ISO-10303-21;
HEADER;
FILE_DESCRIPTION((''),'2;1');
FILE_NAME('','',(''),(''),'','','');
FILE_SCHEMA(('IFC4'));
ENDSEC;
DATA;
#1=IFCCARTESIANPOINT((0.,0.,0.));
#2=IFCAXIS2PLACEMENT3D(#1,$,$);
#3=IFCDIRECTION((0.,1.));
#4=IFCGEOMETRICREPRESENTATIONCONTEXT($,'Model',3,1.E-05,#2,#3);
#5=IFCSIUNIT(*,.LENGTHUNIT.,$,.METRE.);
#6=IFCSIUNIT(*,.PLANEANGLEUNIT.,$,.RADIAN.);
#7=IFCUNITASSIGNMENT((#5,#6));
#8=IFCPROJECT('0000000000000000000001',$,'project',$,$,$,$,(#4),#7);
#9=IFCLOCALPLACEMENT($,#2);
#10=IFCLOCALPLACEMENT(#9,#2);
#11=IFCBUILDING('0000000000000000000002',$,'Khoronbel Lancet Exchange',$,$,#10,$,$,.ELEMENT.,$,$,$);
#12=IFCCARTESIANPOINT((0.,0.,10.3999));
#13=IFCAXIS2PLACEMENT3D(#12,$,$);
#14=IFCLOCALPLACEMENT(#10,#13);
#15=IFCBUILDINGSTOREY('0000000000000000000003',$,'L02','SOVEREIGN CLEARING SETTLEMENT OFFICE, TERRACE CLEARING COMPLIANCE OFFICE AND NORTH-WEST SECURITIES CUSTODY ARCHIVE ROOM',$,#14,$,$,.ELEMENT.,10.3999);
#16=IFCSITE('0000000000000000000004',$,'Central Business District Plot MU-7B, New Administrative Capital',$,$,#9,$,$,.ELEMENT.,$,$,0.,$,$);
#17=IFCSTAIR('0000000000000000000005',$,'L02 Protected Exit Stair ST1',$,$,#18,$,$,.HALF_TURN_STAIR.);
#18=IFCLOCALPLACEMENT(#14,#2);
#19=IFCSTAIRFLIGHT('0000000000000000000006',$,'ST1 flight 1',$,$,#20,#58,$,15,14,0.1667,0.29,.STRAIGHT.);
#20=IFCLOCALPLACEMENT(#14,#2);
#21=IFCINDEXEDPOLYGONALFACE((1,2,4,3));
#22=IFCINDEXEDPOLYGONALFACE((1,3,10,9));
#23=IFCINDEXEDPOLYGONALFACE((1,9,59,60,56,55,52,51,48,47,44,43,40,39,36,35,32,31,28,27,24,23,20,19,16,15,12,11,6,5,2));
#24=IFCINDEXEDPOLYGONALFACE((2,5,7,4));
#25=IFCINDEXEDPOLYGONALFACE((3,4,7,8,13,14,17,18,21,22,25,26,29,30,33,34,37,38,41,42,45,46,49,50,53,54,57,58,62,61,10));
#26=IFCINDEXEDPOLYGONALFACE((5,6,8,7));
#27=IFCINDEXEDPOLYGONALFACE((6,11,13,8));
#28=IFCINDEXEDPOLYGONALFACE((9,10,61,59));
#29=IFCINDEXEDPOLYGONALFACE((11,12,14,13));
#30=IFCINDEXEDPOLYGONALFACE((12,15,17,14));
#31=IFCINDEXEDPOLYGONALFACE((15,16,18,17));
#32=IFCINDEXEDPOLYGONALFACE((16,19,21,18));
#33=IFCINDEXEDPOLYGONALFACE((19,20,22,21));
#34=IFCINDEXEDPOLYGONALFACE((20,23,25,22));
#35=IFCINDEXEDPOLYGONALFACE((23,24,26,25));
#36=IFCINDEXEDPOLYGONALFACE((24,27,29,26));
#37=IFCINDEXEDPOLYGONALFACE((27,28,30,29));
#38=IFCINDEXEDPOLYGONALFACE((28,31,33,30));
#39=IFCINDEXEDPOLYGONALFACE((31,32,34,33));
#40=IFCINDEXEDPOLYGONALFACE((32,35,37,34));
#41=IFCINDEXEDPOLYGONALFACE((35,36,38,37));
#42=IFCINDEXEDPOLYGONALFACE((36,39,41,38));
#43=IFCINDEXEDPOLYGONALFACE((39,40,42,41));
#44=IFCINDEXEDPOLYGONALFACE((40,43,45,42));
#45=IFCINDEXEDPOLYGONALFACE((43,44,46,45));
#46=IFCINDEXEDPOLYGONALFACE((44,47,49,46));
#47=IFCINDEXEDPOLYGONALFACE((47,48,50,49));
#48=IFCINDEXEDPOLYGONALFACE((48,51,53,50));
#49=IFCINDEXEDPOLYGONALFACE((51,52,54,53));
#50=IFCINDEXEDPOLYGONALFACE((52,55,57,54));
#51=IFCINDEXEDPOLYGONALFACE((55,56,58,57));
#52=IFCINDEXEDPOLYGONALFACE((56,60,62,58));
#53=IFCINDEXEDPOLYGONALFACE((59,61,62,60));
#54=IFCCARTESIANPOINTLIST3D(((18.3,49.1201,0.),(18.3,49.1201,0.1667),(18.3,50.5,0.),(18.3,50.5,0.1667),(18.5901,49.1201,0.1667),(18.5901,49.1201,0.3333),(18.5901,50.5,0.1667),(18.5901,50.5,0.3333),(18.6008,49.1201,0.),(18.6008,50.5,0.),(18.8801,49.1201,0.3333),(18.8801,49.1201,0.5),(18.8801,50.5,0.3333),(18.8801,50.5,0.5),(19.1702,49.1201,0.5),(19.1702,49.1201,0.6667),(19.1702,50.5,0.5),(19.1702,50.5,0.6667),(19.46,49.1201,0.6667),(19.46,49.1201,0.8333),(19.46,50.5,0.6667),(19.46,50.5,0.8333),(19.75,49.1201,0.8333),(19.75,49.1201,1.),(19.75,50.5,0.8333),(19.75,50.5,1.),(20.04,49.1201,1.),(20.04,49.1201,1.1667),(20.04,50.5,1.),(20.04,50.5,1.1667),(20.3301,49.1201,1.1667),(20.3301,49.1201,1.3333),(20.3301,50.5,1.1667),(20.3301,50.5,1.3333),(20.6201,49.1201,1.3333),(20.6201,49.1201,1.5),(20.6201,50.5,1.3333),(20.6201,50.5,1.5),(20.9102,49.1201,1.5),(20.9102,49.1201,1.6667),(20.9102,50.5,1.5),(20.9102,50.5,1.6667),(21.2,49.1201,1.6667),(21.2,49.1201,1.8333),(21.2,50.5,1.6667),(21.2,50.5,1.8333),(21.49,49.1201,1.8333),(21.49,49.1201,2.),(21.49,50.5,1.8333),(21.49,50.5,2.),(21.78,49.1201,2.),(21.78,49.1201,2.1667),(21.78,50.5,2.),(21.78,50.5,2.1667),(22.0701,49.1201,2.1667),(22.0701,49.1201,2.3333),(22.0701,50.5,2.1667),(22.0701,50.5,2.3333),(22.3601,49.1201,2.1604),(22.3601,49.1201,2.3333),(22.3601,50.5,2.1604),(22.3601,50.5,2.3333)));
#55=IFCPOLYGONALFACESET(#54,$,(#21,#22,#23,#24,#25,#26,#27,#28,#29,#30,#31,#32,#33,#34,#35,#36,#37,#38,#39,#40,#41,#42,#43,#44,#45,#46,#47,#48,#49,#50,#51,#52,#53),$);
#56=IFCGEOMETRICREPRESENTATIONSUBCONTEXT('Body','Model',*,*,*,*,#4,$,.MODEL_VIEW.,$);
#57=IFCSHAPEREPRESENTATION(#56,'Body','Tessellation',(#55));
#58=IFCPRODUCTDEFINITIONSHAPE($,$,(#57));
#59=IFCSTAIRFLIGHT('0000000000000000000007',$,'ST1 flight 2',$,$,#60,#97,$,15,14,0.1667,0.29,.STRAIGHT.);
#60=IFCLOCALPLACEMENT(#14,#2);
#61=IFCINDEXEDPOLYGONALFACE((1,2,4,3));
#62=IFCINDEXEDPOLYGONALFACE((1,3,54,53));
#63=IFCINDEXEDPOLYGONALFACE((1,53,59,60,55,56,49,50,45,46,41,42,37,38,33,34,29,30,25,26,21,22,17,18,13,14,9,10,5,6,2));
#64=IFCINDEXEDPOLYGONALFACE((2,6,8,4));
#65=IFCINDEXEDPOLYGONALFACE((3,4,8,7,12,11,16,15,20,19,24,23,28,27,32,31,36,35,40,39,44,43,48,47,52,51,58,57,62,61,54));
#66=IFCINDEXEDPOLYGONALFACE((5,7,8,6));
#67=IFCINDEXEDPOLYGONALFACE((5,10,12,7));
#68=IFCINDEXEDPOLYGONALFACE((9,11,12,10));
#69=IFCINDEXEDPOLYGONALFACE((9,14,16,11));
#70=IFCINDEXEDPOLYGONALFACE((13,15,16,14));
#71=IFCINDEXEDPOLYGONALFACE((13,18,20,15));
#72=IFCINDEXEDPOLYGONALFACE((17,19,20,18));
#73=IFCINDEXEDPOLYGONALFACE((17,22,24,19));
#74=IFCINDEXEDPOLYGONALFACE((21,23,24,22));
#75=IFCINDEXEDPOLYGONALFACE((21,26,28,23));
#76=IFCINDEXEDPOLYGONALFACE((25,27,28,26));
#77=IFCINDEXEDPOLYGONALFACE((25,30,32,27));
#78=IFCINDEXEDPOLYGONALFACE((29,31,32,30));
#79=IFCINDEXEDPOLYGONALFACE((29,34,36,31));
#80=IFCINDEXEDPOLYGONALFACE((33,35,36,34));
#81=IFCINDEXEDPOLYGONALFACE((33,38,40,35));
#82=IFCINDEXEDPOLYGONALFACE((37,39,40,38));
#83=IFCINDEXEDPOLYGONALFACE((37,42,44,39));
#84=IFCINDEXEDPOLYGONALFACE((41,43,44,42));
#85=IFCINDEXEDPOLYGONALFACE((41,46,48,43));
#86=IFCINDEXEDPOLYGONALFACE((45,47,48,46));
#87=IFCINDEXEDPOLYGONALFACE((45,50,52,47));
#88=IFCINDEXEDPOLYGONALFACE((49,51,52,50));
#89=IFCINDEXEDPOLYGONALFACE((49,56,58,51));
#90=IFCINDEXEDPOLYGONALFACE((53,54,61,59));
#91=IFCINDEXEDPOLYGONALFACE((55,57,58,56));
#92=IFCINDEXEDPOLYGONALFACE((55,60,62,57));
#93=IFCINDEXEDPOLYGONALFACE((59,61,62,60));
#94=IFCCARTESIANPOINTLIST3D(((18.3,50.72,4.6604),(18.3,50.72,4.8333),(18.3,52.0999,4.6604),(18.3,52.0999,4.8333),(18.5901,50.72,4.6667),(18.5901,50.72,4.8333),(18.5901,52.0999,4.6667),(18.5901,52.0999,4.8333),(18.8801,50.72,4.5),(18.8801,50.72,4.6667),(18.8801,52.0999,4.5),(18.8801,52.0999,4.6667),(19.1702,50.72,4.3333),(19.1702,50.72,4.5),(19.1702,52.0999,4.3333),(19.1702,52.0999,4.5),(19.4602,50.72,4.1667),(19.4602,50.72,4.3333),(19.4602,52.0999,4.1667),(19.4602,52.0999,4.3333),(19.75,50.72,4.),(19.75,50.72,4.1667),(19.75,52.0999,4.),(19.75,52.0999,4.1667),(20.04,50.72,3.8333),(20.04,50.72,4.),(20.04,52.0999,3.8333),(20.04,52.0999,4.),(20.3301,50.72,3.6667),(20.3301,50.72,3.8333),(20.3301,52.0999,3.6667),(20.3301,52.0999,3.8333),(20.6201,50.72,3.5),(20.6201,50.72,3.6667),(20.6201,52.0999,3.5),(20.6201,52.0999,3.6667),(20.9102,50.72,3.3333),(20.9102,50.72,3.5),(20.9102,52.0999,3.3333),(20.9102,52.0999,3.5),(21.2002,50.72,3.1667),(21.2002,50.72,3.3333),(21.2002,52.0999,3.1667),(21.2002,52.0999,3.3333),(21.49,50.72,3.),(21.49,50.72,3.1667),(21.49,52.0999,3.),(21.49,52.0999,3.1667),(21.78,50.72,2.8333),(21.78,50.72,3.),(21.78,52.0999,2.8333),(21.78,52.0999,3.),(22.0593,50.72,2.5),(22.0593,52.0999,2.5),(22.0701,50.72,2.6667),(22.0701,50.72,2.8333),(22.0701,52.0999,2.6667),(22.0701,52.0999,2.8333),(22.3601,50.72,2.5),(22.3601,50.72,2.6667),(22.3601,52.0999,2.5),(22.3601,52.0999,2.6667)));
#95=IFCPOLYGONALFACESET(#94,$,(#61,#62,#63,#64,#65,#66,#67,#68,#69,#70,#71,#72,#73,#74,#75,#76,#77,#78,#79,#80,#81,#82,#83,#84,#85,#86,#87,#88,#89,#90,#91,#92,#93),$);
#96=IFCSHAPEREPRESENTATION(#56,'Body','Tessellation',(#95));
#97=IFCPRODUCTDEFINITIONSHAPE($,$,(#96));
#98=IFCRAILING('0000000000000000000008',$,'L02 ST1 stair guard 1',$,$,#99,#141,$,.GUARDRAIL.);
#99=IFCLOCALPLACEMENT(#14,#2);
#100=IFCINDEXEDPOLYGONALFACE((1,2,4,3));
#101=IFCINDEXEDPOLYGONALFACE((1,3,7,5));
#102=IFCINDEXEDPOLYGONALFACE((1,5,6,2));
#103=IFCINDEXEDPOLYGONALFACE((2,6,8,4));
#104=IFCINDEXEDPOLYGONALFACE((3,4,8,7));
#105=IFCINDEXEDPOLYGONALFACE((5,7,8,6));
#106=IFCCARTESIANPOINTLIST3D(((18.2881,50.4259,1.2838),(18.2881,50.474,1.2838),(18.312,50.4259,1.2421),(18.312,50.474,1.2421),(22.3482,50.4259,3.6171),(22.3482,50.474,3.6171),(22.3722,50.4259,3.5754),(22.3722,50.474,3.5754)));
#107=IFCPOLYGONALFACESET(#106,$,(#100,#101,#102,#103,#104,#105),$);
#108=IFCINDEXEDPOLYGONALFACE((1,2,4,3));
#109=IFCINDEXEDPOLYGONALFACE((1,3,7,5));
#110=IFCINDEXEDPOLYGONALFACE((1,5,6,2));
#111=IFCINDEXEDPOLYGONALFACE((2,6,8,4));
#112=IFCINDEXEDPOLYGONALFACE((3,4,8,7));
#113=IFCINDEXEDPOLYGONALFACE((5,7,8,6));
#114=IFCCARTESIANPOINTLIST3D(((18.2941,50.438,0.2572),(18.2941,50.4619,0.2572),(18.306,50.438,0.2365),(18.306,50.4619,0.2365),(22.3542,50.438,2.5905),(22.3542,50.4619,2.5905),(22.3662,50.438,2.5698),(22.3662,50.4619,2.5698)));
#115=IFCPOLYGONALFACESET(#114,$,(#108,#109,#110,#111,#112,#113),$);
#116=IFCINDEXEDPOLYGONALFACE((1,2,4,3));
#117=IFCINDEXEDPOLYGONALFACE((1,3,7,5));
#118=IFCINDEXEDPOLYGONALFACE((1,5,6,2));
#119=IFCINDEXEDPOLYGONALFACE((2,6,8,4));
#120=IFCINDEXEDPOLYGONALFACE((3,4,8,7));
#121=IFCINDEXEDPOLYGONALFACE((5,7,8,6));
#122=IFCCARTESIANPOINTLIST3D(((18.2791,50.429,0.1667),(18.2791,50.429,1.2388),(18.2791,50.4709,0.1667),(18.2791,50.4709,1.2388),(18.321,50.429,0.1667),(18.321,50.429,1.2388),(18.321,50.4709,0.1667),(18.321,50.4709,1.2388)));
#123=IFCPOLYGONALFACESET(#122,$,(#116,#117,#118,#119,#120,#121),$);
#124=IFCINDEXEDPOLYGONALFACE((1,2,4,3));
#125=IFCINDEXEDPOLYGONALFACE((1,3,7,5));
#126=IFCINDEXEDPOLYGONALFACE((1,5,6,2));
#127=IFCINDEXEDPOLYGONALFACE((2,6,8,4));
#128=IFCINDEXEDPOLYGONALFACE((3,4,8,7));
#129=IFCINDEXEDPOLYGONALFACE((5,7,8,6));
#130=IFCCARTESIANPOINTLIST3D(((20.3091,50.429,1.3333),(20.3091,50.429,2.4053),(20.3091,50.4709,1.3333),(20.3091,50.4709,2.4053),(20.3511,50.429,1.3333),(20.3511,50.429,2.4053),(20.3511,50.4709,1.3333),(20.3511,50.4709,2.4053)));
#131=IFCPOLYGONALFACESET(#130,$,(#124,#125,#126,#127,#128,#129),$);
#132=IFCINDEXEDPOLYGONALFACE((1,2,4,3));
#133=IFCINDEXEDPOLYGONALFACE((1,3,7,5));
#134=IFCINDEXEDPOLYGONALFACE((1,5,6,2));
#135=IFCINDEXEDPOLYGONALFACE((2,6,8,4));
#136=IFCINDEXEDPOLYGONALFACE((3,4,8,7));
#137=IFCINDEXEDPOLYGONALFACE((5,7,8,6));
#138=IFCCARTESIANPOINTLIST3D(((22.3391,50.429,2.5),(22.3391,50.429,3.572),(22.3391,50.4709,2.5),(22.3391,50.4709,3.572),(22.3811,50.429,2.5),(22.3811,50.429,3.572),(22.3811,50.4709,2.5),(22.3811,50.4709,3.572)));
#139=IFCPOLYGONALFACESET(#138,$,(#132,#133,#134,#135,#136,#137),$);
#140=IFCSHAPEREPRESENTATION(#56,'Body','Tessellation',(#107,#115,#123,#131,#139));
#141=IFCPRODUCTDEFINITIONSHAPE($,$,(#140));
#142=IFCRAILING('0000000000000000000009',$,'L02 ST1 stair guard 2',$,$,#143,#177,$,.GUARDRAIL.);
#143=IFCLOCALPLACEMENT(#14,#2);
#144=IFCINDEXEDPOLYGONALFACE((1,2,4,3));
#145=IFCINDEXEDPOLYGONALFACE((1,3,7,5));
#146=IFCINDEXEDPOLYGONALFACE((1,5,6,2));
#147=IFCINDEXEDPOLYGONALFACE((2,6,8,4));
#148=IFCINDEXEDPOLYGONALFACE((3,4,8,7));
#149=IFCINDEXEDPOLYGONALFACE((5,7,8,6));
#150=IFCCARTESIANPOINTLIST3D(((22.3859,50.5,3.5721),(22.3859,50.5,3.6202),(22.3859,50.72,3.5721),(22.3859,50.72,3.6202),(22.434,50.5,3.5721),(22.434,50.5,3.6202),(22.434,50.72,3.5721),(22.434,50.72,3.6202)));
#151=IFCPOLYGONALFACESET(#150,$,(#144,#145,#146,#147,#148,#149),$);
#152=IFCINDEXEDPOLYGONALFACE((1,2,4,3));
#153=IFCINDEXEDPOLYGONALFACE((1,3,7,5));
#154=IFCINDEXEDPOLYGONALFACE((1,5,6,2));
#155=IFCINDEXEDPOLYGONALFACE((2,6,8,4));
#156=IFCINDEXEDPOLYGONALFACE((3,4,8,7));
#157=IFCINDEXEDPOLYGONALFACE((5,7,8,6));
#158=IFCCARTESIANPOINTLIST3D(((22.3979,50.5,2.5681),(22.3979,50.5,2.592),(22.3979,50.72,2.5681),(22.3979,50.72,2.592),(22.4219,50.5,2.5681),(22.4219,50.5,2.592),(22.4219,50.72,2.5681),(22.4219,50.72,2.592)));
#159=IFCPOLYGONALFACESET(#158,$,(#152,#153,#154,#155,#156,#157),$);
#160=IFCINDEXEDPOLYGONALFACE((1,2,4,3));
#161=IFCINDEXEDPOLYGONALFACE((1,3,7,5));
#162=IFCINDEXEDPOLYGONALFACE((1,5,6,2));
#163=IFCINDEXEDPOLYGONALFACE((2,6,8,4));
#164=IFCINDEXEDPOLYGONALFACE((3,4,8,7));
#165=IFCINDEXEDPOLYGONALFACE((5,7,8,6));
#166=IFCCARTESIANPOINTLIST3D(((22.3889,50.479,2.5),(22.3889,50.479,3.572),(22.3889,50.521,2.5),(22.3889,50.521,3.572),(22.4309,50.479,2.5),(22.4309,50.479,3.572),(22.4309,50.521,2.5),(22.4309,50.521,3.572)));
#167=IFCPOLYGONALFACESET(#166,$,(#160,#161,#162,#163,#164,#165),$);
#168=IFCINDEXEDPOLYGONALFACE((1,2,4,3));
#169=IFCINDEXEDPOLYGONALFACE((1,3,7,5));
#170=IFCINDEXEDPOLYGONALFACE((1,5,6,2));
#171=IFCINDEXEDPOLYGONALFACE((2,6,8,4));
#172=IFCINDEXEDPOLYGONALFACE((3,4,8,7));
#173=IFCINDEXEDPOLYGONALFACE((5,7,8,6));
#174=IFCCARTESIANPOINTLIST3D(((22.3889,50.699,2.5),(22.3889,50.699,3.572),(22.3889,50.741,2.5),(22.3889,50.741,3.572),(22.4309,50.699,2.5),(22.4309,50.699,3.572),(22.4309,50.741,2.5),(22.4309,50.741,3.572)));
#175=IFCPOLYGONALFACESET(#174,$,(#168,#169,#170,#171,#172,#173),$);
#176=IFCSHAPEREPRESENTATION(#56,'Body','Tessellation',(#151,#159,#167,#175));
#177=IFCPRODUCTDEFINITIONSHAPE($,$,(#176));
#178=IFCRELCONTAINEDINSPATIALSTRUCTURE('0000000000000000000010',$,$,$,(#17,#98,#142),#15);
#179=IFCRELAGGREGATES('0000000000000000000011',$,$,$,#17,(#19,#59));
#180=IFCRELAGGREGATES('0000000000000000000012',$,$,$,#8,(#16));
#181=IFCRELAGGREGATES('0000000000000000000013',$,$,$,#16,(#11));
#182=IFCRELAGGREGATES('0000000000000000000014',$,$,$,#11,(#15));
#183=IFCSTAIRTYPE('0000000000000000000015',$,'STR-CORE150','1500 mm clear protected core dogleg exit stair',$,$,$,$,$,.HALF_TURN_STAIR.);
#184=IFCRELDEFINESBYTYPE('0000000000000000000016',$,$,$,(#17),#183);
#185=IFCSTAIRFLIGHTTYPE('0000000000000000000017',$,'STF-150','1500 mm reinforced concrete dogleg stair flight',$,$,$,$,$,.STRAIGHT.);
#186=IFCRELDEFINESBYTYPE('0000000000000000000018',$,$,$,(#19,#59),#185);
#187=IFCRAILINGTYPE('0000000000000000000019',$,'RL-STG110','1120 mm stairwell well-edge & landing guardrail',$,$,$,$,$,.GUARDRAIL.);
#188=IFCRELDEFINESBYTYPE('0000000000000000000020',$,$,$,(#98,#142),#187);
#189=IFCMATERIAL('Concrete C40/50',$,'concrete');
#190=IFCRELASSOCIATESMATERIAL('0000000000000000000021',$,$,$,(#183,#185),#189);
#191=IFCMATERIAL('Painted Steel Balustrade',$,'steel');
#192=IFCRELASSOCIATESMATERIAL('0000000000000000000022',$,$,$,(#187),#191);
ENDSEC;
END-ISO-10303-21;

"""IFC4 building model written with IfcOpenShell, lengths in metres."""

from ifc_helpers import new_model, si_unit, direction, frame, origin, origin_2d, place, context, subcontext, project, spatial, polyline, rectangle, outline, extrude, material, type_object, element, aggregate, save


model = new_model("IFC4")

# Units and contexts
model_context = context("Model", 3, precision=1e-05, world=origin(), true_north=direction((0.0, 1.0)))
body_context = subcontext(model_context, "Body", "Model", "MODEL_VIEW")
ifc_project = project(units=[si_unit("LENGTHUNIT", "METRE"), si_unit("PLANEANGLEUNIT", "RADIAN")], contexts=[model_context])

# Site, building, storey
site_placement = place(None, origin())
site = spatial("IfcSite", under=ifc_project, at=site_placement, Name="Central Business District Plot MU-7B, New Administrative Capital", CompositionType="ELEMENT", RefElevation=0.0)
building_placement = place(site_placement, origin())
building = spatial("IfcBuilding", under=site, at=building_placement, Name="Khoronbel Lancet Exchange", CompositionType="ELEMENT")
storey_placement = place(building_placement, frame((0.0, 0.0, 10.3999)))
storey = spatial("IfcBuildingStorey", under=building, at=storey_placement, Name="L02", Description="SOVEREIGN CLEARING SETTLEMENT OFFICE, TERRACE CLEARING COMPLIANCE OFFICE AND NORTH-WEST SECURITIES CUSTODY ARCHIVE ROOM", CompositionType="ELEMENT", Elevation=10.3999)

# Stair, stair flights
ifc_material_1 = material(Name="Concrete C40/50", Category="concrete")
stair_type = type_object("IfcStairType", Name="STR-CORE150", Description="1500 mm clear protected core dogleg exit stair", PredefinedType="HALF_TURN_STAIR", material=ifc_material_1)
stair_placement = place(storey_placement, origin())
stair = element("IfcStair", 1, at=stair_placement, inside=storey, type_object=stair_type, Name="L02 Protected Exit Stair ST1", PredefinedType="HALF_TURN_STAIR")
stair_flight_type = type_object("IfcStairFlightType", Name="STF-150", Description="1500 mm reinforced concrete dogleg stair flight", PredefinedType="STRAIGHT", material=ifc_material_1)
stair_flight_1_placement = place(storey_placement, frame((18.3, 49.8101, 0.0), z_axis=(0.0, 0.0, 1.0), x_axis=(1.0, 0.0, 0.0)))
stair_flight_1 = element("IfcStairFlight", 2, at=stair_flight_1_placement, type_object=stair_flight_type, Name="ST1 flight 1", NumberOfRisers=15, NumberOfTreads=14, PredefinedType="STRAIGHT", RiserHeight=0.1667, TreadLength=0.29, context=body_context, shape_type="SweptSolid", body=[
    extrude(outline(polyline([(0.0, 0.0), (0.0, 0.1667), (0.29, 0.1667), (0.29, 0.3333), (0.5801, 0.3333), (0.5801, 0.5), (0.8701, 0.5), (0.8701, 0.6667), (1.1599, 0.6667), (1.1599, 0.8333), (1.45, 0.8333), (1.45, 1.0), (1.74, 1.0), (1.74, 1.1667), (2.03, 1.1667), (2.03, 1.3333), (2.3201, 1.3333), (2.3201, 1.5), (2.6101, 1.5), (2.6101, 1.6667), (2.8999, 1.6667), (2.8999, 1.8333), (3.1899, 1.8333), (3.1899, 2.0), (3.48, 2.0), (3.48, 2.1667), (3.77, 2.1667), (3.77, 2.3333), (4.0601, 2.3333), (4.0601, 2.5), (4.0601, 2.1604), (0.3008, 0.0), (0.0, 0.0)])), frame((0.0, 0.6899, 0.0), z_axis=(0.0, -1.0, 0.0), x_axis=(1.0, 0.0, 0.0)), (0.0, 0.0, 1.0), 1.3799),
])
stair_flight_2_placement = place(storey_placement, frame((22.3601, 51.4099, 2.5), z_axis=(0.0, 0.0, 1.0), x_axis=(-1.0, 0.0, 0.0)))
stair_flight_2 = element("IfcStairFlight", 3, at=stair_flight_2_placement, type_object=stair_flight_type, Name="ST1 flight 2", NumberOfRisers=15, NumberOfTreads=14, PredefinedType="STRAIGHT", RiserHeight=0.1667, TreadLength=0.29, context=body_context, shape_type="SweptSolid", body=[
    extrude(outline(polyline([(0.0, 0.0), (0.0, 0.1667), (0.29, 0.1667), (0.29, 0.3333), (0.5801, 0.3333), (0.5801, 0.5), (0.8701, 0.5), (0.8701, 0.6667), (1.1599, 0.6667), (1.1599, 0.8333), (1.45, 0.8333), (1.45, 1.0), (1.74, 1.0), (1.74, 1.1667), (2.03, 1.1667), (2.03, 1.3333), (2.3201, 1.3333), (2.3201, 1.5), (2.6101, 1.5), (2.6101, 1.6667), (2.8999, 1.6667), (2.8999, 1.8333), (3.1899, 1.8333), (3.1899, 2.0), (3.48, 2.0), (3.48, 2.1667), (3.77, 2.1667), (3.77, 2.3333), (4.0601, 2.3333), (4.0601, 2.5), (4.0601, 2.1604), (0.3008, 0.0), (0.0, 0.0)])), frame((0.0, 0.6899, 0.0), z_axis=(0.0, -1.0, 0.0), x_axis=(1.0, 0.0, 0.0)), (0.0, 0.0, 1.0), 1.3799),
])
aggregate(stair, [stair_flight_1, stair_flight_2])

# Railings
ifc_material_2 = material(Name="Painted Steel Balustrade", Category="steel")
railing_type_1 = type_object("IfcRailingType", Name="RL-STG110", Description="1120 mm stairwell well-edge & landing guardrail", PredefinedType="GUARDRAIL", material=ifc_material_2)
railing_1_placement = place(storey_placement, frame((18.3, 50.45, 0.1667)))
element("IfcRailing", 4, at=railing_1_placement, inside=storey, type_object=railing_type_1, Name="L02 ST1 stair guard 1", PredefinedType="GUARDRAIL", context=body_context, shape_type="SweptSolid", body=[
    extrude(rectangle(XDim=0.0481, YDim=0.0481, at=origin_2d()), frame((0.0, 0.0, 1.0962), z_axis=(0.867025, 0.0, 0.498265), x_axis=(0.0, 1.0, 0.0)), (0.0, 0.0, 1.0), 4.6829),
    extrude(rectangle(XDim=0.0239, YDim=0.0239, at=origin_2d()), frame((0.0, 0.0, 0.0801), z_axis=(0.867025, 0.0, 0.498265), x_axis=(0.0, 1.0, 0.0)), (0.0, 0.0, 1.0), 4.6829),
    extrude(rectangle(XDim=0.042, YDim=0.042, at=origin_2d()), origin(), (0.0, 0.0, 1.0), 1.072),
    extrude(rectangle(XDim=0.042, YDim=0.042, at=origin_2d()), frame((2.03, 0.0, 1.1665)), (0.0, 0.0, 1.0), 1.072),
    extrude(rectangle(XDim=0.042, YDim=0.042, at=origin_2d()), frame((4.0601, 0.0, 2.3333)), (0.0, 0.0, 1.0), 1.072),
])
railing_2_placement = place(storey_placement, frame((22.4099, 50.5, 2.5)))
element("IfcRailing", 5, at=railing_2_placement, inside=storey, type_object=railing_type_1, Name="L02 ST1 stair guard 2", PredefinedType="GUARDRAIL", context=body_context, shape_type="SweptSolid", body=[
    extrude(rectangle(XDim=0.0481, YDim=0.0481, at=origin_2d()), frame((0.0, 0.0, 1.0962), z_axis=(0.0, 1.0, 0.0), x_axis=(-1.0, 0.0, 0.0)), (0.0, 0.0, 1.0), 0.22),
    extrude(rectangle(XDim=0.0239, YDim=0.0239, at=origin_2d()), frame((0.0, 0.0, 0.0801), z_axis=(0.0, 1.0, 0.0), x_axis=(-1.0, 0.0, 0.0)), (0.0, 0.0, 1.0), 0.22),
    extrude(rectangle(XDim=0.042, YDim=0.042, at=origin_2d()), origin(), (0.0, 0.0, 1.0), 1.072),
    extrude(rectangle(XDim=0.042, YDim=0.042, at=origin_2d()), frame((0.0, 0.22, 0.0)), (0.0, 0.0, 1.0), 1.072),
])

save(model, "model.ifc")
